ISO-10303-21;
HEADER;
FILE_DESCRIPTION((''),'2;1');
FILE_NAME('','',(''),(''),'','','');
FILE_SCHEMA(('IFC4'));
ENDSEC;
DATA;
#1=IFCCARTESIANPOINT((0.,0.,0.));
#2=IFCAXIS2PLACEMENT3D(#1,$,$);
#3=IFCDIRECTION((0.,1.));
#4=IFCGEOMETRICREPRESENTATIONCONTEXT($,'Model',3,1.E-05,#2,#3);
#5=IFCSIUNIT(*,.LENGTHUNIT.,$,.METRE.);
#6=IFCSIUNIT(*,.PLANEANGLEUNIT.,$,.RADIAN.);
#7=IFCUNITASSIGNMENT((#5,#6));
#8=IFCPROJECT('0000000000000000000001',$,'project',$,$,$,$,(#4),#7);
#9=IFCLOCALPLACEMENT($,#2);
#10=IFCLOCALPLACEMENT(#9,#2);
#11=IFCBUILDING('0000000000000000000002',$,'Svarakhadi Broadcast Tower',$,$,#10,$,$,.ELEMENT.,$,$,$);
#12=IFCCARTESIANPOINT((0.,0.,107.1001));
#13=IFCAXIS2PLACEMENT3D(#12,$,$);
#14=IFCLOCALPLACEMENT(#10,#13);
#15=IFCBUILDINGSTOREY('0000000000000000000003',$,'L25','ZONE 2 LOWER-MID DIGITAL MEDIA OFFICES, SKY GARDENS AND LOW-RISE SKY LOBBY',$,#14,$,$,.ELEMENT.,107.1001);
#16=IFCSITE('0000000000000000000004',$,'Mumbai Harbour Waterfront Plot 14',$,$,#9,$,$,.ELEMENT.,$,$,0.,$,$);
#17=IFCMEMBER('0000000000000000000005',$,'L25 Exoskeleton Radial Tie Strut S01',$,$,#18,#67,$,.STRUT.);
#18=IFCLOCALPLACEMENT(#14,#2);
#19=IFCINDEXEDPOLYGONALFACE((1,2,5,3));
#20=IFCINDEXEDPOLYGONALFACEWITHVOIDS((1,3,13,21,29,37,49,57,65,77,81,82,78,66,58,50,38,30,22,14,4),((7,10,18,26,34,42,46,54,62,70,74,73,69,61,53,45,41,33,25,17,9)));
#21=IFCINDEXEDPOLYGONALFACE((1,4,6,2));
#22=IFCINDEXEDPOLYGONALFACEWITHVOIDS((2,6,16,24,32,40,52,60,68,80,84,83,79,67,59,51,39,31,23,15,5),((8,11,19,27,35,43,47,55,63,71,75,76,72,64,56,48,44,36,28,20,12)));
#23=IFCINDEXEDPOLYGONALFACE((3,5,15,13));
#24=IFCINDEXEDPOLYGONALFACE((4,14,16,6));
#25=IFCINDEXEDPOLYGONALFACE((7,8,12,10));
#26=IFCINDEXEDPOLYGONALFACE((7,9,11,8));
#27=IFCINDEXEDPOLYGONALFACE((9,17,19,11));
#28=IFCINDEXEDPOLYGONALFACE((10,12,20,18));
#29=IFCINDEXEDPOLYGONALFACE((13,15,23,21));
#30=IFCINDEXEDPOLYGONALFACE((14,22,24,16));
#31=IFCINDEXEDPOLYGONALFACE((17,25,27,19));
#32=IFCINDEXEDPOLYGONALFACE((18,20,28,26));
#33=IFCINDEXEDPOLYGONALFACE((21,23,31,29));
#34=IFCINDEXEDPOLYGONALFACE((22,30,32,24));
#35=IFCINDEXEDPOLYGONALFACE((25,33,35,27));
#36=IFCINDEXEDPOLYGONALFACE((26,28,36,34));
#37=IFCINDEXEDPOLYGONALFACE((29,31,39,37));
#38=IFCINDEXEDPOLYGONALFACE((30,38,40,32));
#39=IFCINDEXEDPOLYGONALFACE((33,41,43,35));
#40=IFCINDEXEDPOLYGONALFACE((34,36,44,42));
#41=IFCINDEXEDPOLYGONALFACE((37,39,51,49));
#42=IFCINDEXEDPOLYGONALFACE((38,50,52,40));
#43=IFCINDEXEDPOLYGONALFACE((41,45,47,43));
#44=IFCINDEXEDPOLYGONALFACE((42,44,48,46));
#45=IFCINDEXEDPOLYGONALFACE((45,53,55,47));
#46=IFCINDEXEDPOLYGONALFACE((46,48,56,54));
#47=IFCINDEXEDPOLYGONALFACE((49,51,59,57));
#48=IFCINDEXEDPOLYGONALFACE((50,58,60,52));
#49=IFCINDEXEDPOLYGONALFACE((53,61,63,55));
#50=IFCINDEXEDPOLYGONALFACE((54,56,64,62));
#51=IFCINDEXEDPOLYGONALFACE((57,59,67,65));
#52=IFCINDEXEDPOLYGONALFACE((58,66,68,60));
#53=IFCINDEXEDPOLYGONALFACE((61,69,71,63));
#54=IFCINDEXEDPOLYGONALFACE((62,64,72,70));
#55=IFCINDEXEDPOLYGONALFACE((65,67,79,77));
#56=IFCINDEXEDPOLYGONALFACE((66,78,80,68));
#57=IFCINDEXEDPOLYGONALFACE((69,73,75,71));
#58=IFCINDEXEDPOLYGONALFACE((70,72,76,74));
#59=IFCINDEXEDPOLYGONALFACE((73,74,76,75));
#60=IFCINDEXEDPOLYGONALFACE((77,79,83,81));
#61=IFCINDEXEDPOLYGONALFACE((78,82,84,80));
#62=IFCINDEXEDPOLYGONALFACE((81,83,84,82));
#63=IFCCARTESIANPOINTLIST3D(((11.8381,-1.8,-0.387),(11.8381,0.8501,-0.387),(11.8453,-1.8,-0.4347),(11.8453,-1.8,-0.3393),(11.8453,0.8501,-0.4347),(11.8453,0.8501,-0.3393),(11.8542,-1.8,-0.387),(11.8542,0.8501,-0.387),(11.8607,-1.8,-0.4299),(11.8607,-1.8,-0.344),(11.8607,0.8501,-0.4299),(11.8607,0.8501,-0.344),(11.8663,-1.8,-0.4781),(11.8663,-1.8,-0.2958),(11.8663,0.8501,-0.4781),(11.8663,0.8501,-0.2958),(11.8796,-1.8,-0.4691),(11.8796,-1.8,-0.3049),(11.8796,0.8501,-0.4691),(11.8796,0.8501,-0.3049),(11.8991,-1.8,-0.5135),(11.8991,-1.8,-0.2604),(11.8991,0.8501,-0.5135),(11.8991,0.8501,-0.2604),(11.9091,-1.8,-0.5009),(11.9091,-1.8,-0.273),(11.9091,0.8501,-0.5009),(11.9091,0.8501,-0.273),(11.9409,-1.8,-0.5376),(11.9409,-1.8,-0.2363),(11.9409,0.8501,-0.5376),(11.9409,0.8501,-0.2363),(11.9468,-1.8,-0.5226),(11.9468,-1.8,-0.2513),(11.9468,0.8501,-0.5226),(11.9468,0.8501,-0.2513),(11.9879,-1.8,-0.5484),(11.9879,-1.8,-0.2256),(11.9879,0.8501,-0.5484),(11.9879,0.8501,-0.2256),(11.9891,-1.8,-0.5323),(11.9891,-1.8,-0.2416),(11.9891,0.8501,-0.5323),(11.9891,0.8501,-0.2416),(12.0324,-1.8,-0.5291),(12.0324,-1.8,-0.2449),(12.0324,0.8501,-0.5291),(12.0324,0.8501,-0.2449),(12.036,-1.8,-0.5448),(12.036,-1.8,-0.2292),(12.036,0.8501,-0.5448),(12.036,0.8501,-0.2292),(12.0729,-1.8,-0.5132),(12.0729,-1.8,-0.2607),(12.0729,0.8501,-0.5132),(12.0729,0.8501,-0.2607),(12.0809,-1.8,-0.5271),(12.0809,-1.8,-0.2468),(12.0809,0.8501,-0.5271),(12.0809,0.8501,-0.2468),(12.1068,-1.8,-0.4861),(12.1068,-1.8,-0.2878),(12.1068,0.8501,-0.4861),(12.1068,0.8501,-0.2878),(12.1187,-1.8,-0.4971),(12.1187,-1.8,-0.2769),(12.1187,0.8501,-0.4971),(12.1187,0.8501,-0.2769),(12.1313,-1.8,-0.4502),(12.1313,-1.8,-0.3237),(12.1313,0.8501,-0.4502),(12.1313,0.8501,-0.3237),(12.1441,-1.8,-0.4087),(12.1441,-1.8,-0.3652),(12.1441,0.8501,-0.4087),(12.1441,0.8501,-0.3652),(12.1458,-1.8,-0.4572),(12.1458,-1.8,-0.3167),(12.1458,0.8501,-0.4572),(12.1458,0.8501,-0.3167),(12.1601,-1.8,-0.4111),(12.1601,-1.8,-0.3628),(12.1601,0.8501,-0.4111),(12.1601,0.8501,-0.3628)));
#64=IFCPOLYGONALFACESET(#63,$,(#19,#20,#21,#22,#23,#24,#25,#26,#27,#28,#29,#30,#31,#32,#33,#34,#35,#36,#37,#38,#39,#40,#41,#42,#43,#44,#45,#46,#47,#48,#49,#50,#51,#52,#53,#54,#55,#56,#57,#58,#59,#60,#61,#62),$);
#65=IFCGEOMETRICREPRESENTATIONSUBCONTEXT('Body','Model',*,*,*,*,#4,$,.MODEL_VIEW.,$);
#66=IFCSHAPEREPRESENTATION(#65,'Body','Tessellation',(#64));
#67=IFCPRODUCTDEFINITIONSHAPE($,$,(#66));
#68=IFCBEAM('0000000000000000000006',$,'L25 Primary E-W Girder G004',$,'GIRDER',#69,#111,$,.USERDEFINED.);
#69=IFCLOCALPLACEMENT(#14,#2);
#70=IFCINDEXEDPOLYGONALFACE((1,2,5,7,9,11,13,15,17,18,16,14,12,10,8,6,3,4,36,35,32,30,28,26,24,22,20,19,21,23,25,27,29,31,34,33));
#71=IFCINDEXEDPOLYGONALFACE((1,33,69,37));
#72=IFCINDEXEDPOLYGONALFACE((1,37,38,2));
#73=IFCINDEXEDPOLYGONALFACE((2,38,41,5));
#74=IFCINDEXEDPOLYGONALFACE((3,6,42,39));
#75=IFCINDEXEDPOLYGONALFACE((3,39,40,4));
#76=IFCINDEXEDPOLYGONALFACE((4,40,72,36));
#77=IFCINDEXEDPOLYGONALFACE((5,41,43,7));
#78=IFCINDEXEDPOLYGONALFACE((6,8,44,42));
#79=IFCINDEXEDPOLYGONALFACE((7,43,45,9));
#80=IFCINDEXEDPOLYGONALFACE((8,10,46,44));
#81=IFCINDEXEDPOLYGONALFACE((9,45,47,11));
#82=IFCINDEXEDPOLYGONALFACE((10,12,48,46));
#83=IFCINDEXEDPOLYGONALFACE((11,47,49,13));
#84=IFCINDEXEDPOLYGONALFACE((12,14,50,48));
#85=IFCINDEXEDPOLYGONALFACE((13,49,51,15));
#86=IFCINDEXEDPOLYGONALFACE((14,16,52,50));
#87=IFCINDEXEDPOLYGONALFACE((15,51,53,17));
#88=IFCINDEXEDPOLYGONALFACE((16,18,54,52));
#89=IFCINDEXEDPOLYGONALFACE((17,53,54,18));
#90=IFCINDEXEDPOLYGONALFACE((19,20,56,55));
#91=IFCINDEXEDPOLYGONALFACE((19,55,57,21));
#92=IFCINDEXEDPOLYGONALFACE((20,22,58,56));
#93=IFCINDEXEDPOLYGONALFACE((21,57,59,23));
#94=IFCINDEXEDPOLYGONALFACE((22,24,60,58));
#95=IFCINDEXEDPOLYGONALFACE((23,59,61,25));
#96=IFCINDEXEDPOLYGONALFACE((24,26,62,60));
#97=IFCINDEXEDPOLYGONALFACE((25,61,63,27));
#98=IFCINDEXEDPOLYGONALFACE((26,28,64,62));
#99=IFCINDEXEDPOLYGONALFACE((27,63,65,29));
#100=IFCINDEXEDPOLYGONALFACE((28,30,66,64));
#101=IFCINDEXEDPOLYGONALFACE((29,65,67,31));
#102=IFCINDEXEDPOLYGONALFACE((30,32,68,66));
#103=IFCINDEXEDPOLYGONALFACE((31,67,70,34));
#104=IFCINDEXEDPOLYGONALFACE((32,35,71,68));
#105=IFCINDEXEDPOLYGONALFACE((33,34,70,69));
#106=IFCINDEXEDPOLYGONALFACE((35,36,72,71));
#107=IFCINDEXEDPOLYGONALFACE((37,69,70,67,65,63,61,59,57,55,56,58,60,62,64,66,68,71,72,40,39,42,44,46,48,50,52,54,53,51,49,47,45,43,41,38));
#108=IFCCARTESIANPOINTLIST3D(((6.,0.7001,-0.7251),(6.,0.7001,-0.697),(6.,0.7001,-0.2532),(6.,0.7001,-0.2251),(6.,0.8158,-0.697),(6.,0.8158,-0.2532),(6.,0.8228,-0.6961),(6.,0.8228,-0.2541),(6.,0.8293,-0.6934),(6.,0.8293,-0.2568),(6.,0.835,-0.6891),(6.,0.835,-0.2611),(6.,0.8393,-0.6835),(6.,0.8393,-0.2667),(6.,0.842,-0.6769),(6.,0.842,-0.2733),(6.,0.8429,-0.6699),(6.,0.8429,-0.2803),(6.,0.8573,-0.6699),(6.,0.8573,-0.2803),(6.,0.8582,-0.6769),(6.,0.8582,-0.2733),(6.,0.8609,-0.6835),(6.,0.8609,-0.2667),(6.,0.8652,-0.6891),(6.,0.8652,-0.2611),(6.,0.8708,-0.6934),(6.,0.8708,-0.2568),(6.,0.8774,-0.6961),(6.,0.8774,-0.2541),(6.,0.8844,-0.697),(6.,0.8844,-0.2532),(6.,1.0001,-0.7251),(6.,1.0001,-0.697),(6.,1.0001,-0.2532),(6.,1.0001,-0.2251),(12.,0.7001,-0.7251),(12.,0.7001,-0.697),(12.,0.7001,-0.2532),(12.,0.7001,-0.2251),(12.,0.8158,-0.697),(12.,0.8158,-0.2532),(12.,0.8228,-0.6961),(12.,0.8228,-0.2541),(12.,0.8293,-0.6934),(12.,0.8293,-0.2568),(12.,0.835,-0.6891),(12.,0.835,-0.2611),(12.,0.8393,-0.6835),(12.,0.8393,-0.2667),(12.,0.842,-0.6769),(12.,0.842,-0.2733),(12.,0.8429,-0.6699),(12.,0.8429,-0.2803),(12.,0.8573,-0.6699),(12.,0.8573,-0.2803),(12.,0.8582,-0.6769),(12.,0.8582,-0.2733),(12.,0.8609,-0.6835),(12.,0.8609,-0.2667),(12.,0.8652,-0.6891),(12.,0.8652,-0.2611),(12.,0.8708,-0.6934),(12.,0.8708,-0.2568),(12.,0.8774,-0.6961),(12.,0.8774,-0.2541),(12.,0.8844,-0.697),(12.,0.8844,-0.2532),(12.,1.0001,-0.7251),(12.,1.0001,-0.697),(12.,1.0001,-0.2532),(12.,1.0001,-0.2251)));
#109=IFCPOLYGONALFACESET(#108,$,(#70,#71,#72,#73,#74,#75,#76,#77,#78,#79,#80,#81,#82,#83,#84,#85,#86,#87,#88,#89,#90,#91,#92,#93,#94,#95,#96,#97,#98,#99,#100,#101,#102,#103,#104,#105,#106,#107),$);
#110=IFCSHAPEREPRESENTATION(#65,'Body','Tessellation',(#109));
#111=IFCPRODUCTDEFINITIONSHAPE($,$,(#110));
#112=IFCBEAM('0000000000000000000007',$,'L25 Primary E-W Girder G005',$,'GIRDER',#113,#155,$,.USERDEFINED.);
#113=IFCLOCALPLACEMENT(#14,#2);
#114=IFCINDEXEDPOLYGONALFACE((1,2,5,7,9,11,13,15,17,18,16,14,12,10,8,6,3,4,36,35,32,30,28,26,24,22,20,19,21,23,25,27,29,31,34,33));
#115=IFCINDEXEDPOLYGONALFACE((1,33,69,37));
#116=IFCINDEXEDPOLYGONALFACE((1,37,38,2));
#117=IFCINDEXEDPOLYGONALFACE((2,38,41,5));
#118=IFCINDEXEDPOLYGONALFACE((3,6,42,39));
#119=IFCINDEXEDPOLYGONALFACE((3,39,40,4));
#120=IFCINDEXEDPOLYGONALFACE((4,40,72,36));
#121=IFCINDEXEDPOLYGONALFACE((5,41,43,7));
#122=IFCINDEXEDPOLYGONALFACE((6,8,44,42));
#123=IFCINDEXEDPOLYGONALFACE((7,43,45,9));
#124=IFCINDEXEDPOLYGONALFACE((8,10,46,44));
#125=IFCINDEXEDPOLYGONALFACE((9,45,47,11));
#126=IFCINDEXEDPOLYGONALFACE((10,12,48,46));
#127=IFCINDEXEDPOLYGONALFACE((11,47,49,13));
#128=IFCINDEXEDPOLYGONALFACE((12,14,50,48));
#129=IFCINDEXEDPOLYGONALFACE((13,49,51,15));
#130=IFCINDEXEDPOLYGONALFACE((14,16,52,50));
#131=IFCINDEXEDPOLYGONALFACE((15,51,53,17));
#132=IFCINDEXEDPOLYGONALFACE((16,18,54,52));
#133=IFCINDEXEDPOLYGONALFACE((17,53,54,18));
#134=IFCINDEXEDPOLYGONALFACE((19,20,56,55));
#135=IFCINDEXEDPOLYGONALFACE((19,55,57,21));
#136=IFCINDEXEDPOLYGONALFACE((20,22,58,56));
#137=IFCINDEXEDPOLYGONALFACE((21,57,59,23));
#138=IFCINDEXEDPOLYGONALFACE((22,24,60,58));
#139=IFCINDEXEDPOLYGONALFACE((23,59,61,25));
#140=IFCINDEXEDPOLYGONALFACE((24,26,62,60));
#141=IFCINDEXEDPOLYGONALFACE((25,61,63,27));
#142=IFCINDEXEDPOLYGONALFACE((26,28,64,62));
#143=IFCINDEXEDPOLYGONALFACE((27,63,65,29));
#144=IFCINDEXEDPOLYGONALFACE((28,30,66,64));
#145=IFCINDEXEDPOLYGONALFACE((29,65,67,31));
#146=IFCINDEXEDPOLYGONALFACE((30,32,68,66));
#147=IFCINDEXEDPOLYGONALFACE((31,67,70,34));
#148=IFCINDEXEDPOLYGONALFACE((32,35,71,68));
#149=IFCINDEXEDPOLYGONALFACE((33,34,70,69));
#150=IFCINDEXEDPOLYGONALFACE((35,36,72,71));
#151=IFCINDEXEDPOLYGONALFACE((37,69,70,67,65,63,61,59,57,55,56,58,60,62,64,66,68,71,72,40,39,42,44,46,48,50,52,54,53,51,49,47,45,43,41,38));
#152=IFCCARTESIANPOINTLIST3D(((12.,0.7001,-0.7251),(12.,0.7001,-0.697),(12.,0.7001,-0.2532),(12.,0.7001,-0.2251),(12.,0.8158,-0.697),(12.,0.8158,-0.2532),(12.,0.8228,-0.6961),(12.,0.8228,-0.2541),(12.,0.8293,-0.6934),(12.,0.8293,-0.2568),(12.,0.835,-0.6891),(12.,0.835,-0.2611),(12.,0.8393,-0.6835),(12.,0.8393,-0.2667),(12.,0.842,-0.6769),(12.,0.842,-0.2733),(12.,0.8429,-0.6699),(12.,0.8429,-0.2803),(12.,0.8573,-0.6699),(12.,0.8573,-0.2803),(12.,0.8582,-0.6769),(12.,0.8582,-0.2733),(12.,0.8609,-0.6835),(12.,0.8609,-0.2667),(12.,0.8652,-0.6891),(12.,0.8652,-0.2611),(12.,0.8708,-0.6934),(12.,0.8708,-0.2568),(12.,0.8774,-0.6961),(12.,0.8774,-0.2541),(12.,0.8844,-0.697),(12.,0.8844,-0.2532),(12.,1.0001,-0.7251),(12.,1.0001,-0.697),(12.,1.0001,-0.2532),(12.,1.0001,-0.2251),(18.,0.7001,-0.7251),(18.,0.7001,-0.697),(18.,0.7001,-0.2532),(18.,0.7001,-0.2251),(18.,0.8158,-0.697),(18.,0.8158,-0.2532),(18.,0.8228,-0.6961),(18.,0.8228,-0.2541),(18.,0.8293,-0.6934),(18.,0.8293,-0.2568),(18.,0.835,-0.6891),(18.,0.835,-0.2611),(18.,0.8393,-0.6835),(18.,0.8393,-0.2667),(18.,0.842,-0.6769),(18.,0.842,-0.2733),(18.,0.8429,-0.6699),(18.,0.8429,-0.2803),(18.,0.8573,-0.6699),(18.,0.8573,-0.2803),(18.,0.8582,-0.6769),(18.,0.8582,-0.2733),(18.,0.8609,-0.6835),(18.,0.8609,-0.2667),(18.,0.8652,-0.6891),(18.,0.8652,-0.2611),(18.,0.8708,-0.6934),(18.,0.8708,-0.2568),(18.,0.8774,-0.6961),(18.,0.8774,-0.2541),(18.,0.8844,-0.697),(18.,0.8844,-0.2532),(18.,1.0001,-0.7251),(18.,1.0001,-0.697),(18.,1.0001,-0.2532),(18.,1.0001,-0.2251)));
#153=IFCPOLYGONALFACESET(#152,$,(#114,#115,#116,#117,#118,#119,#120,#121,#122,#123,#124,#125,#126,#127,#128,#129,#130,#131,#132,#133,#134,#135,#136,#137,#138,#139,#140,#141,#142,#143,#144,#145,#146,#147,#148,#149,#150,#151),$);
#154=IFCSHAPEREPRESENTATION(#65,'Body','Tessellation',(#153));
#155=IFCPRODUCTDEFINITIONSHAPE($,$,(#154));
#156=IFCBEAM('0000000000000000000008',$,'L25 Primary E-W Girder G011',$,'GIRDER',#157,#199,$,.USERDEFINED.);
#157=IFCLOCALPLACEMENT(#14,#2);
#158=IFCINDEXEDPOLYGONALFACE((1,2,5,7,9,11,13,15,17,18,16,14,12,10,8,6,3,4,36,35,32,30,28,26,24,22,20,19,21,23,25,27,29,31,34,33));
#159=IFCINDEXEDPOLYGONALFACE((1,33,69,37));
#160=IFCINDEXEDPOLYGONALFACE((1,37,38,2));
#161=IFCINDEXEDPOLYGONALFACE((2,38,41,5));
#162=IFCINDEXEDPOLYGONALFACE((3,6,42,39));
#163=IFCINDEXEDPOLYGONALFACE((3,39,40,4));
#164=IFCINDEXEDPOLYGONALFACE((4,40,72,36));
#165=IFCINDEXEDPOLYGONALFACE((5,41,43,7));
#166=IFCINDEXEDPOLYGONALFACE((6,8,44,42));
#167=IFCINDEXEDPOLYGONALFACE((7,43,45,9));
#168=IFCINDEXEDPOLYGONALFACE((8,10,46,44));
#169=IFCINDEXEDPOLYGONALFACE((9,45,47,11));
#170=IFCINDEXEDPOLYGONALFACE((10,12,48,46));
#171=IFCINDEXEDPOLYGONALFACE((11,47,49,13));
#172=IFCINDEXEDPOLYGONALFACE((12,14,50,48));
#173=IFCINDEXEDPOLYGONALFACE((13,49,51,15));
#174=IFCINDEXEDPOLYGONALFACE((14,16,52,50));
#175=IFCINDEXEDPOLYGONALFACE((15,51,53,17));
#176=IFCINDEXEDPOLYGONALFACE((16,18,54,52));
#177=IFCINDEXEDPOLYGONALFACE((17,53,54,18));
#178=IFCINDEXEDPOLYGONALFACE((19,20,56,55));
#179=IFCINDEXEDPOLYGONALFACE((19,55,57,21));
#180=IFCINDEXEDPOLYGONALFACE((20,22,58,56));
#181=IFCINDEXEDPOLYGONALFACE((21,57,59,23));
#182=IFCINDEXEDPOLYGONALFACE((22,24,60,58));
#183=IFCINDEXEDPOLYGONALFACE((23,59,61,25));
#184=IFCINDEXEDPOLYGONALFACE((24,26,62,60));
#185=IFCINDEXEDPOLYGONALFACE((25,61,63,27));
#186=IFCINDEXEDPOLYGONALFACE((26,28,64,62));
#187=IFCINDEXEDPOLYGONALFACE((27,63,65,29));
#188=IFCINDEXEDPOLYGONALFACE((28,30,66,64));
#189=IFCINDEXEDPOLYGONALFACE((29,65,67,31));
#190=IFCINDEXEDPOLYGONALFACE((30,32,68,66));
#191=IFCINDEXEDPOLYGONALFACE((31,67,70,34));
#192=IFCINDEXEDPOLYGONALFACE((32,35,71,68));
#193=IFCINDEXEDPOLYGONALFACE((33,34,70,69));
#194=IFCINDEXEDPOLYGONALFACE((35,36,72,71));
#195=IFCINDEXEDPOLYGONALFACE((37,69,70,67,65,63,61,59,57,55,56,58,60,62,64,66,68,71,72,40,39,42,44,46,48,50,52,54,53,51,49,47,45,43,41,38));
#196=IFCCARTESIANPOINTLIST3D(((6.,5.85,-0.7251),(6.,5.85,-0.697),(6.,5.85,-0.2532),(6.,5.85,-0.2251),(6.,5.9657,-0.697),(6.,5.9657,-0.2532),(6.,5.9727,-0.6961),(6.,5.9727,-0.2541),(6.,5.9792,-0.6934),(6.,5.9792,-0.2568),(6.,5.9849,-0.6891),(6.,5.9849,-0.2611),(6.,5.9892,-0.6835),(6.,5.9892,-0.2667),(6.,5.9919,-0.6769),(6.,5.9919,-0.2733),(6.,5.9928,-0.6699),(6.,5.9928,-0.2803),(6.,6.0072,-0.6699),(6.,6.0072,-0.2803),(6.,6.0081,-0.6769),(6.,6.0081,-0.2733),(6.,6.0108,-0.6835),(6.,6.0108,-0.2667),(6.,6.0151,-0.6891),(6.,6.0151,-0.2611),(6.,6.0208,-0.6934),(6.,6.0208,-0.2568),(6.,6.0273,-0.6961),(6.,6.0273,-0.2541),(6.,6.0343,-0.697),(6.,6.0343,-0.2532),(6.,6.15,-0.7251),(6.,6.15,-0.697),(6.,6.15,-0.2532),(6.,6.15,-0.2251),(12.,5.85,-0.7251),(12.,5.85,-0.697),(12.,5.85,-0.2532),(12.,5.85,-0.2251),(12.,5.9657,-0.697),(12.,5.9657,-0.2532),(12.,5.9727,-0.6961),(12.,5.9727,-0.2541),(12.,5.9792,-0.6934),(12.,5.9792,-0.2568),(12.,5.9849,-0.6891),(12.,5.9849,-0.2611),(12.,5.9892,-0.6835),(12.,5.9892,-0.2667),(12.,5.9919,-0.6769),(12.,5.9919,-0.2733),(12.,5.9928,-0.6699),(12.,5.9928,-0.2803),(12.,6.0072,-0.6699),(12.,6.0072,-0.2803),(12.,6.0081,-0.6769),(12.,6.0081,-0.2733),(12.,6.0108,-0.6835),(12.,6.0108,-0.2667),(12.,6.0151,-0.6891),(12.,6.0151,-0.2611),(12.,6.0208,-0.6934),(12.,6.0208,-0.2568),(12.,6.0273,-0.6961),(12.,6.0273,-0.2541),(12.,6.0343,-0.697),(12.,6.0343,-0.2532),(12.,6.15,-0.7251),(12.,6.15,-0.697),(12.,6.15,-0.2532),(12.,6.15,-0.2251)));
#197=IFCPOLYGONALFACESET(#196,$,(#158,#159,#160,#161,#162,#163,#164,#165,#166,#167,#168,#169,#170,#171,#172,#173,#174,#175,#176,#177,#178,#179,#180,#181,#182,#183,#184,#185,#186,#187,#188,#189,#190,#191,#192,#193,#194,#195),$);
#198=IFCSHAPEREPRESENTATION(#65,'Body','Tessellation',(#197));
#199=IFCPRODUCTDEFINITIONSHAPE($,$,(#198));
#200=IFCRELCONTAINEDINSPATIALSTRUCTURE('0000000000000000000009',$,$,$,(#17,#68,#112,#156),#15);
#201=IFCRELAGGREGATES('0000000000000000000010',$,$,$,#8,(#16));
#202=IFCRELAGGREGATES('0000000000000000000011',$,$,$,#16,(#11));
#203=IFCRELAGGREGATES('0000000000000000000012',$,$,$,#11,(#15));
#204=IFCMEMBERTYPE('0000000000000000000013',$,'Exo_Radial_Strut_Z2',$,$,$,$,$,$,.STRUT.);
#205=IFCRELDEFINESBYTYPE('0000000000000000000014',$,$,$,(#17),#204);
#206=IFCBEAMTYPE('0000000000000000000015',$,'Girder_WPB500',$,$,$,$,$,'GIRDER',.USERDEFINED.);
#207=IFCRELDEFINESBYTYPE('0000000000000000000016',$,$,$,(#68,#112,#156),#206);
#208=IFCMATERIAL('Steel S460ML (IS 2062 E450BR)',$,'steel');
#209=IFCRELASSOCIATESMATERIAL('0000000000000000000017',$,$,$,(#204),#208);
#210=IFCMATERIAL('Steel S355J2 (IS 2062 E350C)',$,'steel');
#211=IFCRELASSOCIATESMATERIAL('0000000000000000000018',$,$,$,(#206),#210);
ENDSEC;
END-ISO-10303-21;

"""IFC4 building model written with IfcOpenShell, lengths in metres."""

from ifc_helpers import new_model, si_unit, direction, frame, origin, origin_2d, place, context, subcontext, project, spatial, hollow_circle, i_section, extrude, material, material_profile, profile_set, type_object, element, save


model = new_model("IFC4")

# Units and contexts
model_context = context("Model", 3, precision=1e-05, world=origin(), true_north=direction((0.0, 1.0)))
body_context = subcontext(model_context, "Body", "Model", "MODEL_VIEW")
ifc_project = project(units=[si_unit("LENGTHUNIT", "METRE"), si_unit("PLANEANGLEUNIT", "RADIAN")], contexts=[model_context])

# Site, building, storey
site_placement = place(None, origin())
site = spatial("IfcSite", under=ifc_project, at=site_placement, Name="Mumbai Harbour Waterfront Plot 14", CompositionType="ELEMENT", RefElevation=0.0)
building_placement = place(site_placement, origin())
building = spatial("IfcBuilding", under=site, at=building_placement, Name="Svarakhadi Broadcast Tower", CompositionType="ELEMENT")
storey_placement = place(building_placement, frame((0.0, 0.0, 107.1001)))
storey = spatial("IfcBuildingStorey", under=building, at=storey_placement, Name="L25", Description="ZONE 2 LOWER-MID DIGITAL MEDIA OFFICES, SKY GARDENS AND LOW-RISE SKY LOBBY", CompositionType="ELEMENT", Elevation=107.1001)

# Shared definitions
ifc_material_1 = material(Name="Steel S460ML (IS 2062 E450BR)", Category="steel")

# Shared definitions
ifc_material_2 = material(Name="Steel S355J2 (IS 2062 E350C)", Category="steel")

# Member
ifc_material_profile_1 = material_profile(ifc_material_1, hollow_circle(Radius=0.1619, WallThickness=0.0161, at=origin_2d()), Name="CHS 323.9x16")
ifc_profile_set_1 = profile_set([ifc_material_profile_1], Name="Steel S460ML (IS 2062 E450BR)")
member_type_1 = type_object("IfcMemberType", Name="Exo_Radial_Strut_Z2", PredefinedType="STRUT", material=ifc_profile_set_1)
member_1_placement = place(storey_placement, frame((12.0, -1.8, -0.387), z_axis=(0.0, 1.0, 0.0), x_axis=(-1.0, 0.0, 0.0)))
element("IfcMember", 1, at=member_1_placement, inside=storey, type_object=member_type_1, Name="L25 Exoskeleton Radial Tie Strut S01", PredefinedType="STRUT", context=body_context, shape_type="SweptSolid", body=[
    extrude(hollow_circle(Radius=0.1619, WallThickness=0.0161, at=origin_2d()), origin(), (0.0, 0.0, 1.0), 2.6501),
])

# Beams
ifc_material_profile_2 = material_profile(ifc_material_2, i_section(OverallWidth=0.3, OverallDepth=0.5, WebThickness=0.0144, FlangeThickness=0.0281, FilletRadius=0.0271, at=origin_2d()), Name="WPB 500x300x187")
ifc_profile_set_2 = profile_set([ifc_material_profile_2], Name="Steel S355J2 (IS 2062 E350C)")
beam_type_1 = type_object("IfcBeamType", Name="Girder_WPB500", ElementType="GIRDER", PredefinedType="USERDEFINED", material=ifc_profile_set_2)
for number, where, z_axis, x_axis, name in (
    (2, (6.0, 0.8501, -0.4751), (1.0, 0.0, 0.0), (0.0, 1.0, 0.0), "L25 Primary E-W Girder G004"),
    (3, (12.0, 0.8501, -0.4751), (1.0, 0.0, 0.0), (0.0, 1.0, 0.0), "L25 Primary E-W Girder G005"),
    (4, (6.0, 6.0, -0.4751), (1.0, 0.0, 0.0), (0.0, 1.0, 0.0), "L25 Primary E-W Girder G011"),
):
    element("IfcBeam", number, at=place(storey_placement, frame(where, z_axis=z_axis, x_axis=x_axis)), inside=storey, type_object=beam_type_1, Name=name, ObjectType="GIRDER", PredefinedType="USERDEFINED", context=body_context, shape_type="SweptSolid", body=[
        extrude(i_section(OverallWidth=0.3, OverallDepth=0.5, WebThickness=0.0144, FlangeThickness=0.0281, FilletRadius=0.0271, at=origin_2d()), origin(), (0.0, 0.0, 1.0), 6.0),
    ])

save(model, "model.ifc")
